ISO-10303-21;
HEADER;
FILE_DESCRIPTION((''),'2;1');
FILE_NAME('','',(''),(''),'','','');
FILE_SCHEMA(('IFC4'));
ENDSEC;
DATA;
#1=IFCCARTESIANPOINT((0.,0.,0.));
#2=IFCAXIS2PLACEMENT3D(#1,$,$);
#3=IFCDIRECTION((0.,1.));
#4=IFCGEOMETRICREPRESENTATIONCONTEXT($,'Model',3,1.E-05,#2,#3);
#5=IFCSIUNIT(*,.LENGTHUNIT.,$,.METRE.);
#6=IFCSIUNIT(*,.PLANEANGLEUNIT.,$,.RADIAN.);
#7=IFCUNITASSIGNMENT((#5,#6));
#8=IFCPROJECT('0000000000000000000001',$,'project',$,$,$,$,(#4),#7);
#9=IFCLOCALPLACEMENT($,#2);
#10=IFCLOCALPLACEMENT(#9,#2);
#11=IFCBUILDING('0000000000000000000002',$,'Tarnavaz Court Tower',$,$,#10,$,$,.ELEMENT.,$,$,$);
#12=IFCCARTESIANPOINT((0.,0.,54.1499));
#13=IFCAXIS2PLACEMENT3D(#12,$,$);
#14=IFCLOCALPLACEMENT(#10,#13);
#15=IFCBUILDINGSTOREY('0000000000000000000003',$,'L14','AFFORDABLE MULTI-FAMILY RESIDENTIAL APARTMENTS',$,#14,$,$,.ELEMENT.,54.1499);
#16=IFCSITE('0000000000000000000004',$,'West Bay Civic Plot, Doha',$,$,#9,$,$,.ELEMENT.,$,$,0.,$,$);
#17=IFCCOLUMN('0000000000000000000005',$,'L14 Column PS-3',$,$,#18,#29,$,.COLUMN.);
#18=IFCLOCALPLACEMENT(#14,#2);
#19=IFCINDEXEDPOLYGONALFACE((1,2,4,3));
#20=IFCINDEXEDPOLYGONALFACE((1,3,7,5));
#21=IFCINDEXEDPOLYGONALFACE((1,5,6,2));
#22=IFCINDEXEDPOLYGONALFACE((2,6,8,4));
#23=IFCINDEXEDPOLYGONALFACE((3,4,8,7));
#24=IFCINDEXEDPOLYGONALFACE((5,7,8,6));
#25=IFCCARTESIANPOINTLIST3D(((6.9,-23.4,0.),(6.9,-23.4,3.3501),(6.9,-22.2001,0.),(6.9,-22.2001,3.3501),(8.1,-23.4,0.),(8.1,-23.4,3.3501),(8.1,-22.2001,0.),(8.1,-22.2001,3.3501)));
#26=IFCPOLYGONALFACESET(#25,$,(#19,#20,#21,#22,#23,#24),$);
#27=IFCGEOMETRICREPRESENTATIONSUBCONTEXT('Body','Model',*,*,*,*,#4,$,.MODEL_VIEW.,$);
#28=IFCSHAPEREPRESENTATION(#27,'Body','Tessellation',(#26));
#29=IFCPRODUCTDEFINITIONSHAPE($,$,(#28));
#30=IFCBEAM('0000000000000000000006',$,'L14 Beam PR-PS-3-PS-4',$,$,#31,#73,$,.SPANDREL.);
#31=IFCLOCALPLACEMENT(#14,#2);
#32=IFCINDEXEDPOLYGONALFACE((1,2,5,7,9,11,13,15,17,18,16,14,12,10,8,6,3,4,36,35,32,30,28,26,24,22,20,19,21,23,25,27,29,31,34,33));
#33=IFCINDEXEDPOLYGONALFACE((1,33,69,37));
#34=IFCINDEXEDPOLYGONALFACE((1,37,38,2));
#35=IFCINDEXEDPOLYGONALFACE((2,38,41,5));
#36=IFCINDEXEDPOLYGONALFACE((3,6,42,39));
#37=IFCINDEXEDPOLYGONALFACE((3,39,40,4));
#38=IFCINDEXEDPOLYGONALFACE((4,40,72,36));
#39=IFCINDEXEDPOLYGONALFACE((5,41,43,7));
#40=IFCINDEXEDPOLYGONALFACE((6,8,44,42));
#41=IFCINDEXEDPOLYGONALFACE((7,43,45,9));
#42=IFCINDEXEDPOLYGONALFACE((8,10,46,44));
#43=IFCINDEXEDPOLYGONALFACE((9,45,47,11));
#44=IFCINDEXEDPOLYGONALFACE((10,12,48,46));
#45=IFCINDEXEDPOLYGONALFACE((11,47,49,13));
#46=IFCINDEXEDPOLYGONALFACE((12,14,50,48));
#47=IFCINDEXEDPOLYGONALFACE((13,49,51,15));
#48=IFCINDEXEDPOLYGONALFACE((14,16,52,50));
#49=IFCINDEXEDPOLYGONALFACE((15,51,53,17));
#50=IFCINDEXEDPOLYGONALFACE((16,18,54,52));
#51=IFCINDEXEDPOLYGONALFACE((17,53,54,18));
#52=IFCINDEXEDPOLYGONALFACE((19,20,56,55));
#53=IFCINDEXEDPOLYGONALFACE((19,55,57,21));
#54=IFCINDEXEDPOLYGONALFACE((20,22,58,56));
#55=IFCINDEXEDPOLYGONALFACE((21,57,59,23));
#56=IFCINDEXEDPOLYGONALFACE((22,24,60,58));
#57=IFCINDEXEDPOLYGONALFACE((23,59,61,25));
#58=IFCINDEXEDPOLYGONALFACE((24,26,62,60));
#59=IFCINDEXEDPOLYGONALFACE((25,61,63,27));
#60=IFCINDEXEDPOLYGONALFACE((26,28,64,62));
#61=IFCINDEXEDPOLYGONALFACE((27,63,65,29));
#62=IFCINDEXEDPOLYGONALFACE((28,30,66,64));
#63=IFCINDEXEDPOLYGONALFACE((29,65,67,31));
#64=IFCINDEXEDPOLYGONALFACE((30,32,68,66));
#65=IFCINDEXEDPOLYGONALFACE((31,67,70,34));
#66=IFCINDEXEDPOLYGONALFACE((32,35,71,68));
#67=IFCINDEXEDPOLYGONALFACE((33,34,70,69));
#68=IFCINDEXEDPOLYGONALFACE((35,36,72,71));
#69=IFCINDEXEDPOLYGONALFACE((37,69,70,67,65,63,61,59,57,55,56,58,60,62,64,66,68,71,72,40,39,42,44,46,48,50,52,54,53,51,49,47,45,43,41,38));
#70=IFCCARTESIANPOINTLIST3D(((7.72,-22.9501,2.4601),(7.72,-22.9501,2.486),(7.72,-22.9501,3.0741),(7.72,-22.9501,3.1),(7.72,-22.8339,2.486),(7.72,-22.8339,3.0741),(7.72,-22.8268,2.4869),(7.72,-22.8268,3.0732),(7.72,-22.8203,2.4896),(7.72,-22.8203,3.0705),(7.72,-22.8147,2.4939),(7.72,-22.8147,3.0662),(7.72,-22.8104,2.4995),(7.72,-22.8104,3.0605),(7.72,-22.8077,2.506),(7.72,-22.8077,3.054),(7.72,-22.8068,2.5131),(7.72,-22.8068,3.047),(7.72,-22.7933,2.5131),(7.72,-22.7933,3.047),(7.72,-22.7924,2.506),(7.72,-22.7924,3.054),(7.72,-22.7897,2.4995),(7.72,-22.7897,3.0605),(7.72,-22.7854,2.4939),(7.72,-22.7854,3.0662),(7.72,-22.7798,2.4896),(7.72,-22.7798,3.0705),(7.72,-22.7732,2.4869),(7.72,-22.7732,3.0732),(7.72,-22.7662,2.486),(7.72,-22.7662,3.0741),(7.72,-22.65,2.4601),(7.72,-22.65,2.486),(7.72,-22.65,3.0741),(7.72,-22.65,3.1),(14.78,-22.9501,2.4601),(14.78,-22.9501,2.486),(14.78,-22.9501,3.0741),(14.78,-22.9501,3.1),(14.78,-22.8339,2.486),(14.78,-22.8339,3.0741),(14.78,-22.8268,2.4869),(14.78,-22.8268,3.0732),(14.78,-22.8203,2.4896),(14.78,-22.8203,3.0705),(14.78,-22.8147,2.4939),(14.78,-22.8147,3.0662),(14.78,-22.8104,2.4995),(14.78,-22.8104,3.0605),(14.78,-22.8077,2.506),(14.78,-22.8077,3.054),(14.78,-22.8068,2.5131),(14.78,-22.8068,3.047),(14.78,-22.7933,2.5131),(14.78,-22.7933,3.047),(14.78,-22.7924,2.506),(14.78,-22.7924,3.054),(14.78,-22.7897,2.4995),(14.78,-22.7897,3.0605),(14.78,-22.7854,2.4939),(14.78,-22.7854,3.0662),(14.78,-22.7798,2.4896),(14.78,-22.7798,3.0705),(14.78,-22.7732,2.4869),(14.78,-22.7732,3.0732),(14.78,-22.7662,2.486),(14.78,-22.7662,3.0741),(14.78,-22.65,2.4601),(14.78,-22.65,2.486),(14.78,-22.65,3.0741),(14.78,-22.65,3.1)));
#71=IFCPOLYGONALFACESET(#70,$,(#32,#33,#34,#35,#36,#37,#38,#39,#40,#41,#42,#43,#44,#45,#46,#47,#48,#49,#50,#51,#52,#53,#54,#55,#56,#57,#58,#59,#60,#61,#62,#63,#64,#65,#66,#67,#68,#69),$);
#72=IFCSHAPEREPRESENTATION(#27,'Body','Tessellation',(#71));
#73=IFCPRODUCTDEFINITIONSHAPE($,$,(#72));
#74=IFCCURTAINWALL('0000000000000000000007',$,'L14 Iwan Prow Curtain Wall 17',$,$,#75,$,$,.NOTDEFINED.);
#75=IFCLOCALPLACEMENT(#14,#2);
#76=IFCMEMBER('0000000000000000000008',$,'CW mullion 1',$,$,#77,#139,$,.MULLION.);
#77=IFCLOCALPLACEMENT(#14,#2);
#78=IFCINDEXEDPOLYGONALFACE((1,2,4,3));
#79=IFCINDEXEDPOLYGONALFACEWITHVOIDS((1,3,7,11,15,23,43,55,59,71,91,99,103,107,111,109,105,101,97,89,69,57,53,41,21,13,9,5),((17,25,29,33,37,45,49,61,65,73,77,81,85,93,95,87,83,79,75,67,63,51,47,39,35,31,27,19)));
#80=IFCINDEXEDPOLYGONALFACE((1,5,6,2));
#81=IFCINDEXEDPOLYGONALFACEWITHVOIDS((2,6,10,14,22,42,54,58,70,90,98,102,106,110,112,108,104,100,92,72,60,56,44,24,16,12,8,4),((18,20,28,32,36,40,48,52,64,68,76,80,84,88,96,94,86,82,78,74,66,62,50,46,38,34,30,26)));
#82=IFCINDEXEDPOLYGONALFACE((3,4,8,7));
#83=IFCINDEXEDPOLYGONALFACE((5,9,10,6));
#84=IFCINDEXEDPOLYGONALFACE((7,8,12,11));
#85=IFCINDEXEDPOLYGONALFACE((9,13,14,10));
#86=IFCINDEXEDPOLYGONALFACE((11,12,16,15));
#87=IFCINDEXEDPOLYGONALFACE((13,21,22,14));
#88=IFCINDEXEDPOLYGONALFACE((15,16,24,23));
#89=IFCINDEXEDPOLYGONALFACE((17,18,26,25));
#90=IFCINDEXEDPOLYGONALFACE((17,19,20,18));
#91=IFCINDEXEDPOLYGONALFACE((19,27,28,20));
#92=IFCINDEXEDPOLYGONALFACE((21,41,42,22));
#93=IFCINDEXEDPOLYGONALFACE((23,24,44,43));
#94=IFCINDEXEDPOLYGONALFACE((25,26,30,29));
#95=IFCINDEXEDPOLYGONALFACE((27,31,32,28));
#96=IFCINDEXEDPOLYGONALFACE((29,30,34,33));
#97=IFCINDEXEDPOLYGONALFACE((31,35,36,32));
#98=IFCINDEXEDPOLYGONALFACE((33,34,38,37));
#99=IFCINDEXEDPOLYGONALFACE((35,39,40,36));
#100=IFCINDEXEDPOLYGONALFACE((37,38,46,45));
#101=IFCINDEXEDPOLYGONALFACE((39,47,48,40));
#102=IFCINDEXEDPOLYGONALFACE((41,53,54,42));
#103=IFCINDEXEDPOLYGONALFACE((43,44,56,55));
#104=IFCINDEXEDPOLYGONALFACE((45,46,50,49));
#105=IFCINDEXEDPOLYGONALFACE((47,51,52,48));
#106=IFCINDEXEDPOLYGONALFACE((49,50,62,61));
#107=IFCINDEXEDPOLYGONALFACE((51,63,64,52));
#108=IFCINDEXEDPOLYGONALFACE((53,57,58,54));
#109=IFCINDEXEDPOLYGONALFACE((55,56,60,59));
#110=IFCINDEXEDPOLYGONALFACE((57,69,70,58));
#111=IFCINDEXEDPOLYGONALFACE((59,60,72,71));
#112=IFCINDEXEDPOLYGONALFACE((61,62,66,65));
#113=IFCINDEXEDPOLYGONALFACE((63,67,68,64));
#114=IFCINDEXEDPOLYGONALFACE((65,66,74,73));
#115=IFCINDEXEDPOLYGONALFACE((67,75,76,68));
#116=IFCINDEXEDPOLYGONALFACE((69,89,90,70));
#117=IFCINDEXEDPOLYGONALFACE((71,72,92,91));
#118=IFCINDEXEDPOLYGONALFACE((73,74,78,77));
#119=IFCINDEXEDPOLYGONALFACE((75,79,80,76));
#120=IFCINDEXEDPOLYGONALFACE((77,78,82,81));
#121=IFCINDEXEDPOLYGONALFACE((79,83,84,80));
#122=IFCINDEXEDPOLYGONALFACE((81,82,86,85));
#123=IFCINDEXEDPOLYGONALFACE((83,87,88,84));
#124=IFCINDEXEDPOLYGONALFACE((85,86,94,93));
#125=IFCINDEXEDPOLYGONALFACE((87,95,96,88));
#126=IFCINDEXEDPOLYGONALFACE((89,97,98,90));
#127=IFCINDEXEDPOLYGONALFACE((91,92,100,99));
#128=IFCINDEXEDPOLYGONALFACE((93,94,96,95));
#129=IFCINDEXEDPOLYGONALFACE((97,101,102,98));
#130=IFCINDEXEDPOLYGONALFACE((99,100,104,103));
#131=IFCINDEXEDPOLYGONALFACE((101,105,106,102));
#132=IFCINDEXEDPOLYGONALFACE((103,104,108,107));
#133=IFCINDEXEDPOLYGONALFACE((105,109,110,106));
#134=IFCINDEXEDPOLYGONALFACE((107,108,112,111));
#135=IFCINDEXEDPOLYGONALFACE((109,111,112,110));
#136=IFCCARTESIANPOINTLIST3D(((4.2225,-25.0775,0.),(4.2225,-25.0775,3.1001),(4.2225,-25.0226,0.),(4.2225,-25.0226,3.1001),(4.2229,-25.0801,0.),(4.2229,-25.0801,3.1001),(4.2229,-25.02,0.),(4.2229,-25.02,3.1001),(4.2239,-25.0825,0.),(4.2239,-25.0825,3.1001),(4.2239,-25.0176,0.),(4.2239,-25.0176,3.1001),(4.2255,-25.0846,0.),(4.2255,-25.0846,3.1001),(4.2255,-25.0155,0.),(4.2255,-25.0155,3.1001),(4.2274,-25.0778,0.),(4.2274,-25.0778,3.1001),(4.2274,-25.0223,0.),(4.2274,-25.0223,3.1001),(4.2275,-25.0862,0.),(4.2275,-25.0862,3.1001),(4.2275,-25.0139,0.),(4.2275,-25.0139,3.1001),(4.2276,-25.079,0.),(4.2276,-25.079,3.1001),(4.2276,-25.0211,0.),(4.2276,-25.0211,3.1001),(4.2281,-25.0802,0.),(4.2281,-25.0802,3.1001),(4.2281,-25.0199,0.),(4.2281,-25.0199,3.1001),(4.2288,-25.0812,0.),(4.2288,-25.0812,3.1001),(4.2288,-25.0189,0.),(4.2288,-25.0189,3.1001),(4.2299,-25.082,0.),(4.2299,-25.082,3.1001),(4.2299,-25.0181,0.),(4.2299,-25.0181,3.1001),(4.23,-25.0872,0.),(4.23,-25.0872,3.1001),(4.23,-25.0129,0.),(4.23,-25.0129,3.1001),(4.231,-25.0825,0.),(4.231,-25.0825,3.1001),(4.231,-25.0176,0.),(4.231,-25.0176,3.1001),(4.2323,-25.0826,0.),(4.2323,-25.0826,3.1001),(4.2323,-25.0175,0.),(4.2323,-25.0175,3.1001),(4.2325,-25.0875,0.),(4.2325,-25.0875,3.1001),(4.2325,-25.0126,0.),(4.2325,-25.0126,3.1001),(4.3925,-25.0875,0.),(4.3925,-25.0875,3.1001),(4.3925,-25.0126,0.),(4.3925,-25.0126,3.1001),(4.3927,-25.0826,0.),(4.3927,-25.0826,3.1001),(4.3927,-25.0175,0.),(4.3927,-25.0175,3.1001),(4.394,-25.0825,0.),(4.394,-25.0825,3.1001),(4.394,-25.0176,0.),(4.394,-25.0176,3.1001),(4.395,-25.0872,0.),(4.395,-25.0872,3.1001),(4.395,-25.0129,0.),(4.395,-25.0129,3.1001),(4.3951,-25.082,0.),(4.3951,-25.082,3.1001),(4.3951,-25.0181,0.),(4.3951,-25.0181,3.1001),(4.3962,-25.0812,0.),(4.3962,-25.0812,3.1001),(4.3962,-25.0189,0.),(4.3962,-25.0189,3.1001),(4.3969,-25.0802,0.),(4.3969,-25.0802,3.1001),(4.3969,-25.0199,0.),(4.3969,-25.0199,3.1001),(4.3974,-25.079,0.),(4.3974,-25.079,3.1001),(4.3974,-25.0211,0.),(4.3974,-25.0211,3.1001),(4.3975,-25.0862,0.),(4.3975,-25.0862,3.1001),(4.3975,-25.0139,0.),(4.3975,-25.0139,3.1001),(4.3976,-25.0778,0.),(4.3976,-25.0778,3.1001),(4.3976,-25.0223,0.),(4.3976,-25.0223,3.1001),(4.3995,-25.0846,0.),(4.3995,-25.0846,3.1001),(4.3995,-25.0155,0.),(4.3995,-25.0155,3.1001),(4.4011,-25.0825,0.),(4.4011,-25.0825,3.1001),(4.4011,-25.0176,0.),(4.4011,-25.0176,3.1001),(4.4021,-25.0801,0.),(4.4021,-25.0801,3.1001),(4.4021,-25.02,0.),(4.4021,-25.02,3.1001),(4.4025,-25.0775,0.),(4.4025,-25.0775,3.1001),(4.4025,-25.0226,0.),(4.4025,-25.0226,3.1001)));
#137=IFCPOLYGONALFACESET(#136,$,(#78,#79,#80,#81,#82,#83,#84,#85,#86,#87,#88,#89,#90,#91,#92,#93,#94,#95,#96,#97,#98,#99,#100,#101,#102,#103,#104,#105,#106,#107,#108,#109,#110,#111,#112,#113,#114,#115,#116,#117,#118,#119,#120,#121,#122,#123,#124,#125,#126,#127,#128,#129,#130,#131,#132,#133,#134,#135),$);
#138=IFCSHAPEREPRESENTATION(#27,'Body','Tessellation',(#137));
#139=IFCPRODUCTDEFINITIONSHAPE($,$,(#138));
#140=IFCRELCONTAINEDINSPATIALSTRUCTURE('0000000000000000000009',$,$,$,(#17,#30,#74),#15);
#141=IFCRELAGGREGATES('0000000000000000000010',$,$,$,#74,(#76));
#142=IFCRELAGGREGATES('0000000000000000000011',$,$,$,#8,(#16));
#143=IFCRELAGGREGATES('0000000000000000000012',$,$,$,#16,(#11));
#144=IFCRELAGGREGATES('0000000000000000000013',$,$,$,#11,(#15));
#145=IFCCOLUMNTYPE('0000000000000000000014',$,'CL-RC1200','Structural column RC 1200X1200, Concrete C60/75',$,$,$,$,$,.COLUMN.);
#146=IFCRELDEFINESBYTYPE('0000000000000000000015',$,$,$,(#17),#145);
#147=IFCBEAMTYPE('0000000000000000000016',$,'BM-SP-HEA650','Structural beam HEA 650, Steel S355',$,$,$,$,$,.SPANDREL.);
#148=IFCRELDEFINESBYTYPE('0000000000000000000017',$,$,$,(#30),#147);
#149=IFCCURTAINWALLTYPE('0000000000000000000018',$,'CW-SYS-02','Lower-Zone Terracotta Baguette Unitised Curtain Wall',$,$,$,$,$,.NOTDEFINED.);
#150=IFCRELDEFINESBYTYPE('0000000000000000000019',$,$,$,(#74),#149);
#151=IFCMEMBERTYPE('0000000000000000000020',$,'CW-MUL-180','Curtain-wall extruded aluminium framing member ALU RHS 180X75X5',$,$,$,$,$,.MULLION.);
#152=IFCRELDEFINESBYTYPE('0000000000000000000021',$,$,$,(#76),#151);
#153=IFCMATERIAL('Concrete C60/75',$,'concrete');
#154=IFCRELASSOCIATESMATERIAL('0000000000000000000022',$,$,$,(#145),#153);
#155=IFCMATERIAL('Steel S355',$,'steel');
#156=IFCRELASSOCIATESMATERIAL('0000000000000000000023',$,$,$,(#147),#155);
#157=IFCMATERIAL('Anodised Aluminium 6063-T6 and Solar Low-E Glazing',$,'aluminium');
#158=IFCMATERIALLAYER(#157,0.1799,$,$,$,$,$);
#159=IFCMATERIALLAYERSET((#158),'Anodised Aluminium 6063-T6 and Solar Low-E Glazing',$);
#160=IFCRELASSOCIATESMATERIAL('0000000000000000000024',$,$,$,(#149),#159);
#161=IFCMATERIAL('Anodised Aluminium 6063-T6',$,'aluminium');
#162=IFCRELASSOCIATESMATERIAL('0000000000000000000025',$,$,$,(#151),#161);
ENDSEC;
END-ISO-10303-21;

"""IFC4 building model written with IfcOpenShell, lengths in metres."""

from ifc_helpers import new_model, si_unit, direction, frame, origin, origin_2d, place, context, subcontext, project, spatial, rectangle, hollow_rectangle, i_section, extrude, material, layer, layer_set, material_profile, profile_set, type_object, element, aggregate, save


model = new_model("IFC4")

# Units and contexts
model_context = context("Model", 3, precision=1e-05, world=origin(), true_north=direction((0.0, 1.0)))
body_context = subcontext(model_context, "Body", "Model", "MODEL_VIEW")
ifc_project = project(units=[si_unit("LENGTHUNIT", "METRE"), si_unit("PLANEANGLEUNIT", "RADIAN")], contexts=[model_context])

# Site, building, storey
site_placement = place(None, origin())
site = spatial("IfcSite", under=ifc_project, at=site_placement, Name="West Bay Civic Plot, Doha", CompositionType="ELEMENT", RefElevation=0.0)
building_placement = place(site_placement, origin())
building = spatial("IfcBuilding", under=site, at=building_placement, Name="Tarnavaz Court Tower", CompositionType="ELEMENT")
storey_placement = place(building_placement, frame((0.0, 0.0, 54.1499)))
storey = spatial("IfcBuildingStorey", under=building, at=storey_placement, Name="L14", Description="AFFORDABLE MULTI-FAMILY RESIDENTIAL APARTMENTS", CompositionType="ELEMENT", Elevation=54.1499)

# Column
ifc_material_1 = material(Name="Concrete C60/75", Category="concrete")
ifc_material_profile_1 = material_profile(ifc_material_1, rectangle(XDim=1.2, YDim=1.2, at=origin_2d()), Name="RC 1200X1200")
ifc_profile_set_1 = profile_set([ifc_material_profile_1], Name="Concrete C60/75")
column_type = type_object("IfcColumnType", Name="CL-RC1200", Description="Structural column RC 1200X1200, Concrete C60/75", PredefinedType="COLUMN", material=ifc_profile_set_1)
column_placement = place(storey_placement, frame((7.5, -22.8, 0.0), z_axis=(0.0, 0.0, 1.0), x_axis=(1.0, 0.0, 0.0)))
element("IfcColumn", 1, at=column_placement, inside=storey, type_object=column_type, Name="L14 Column PS-3", PredefinedType="COLUMN", context=body_context, shape_type="SweptSolid", body=[
    extrude(rectangle(XDim=1.2, YDim=1.2, at=origin_2d()), origin(), (0.0, 0.0, 1.0), 3.3501),
])

# Beam
ifc_material_2 = material(Name="Steel S355", Category="steel")
ifc_material_profile_2 = material_profile(ifc_material_2, i_section(OverallWidth=0.3, OverallDepth=0.6399, WebThickness=0.0134, FlangeThickness=0.0259, FilletRadius=0.0271, at=origin_2d()), Name="HEA 650")
ifc_profile_set_2 = profile_set([ifc_material_profile_2], Name="Steel S355")
beam_type = type_object("IfcBeamType", Name="BM-SP-HEA650", Description="Structural beam HEA 650, Steel S355", PredefinedType="SPANDREL", material=ifc_profile_set_2)
beam_placement = place(storey_placement, frame((7.72, -22.8, 2.78), z_axis=(1.0, 0.0, 0.0), x_axis=(0.0, 1.0, 0.0)))
element("IfcBeam", 2, at=beam_placement, inside=storey, type_object=beam_type, Name="L14 Beam PR-PS-3-PS-4", PredefinedType="SPANDREL", context=body_context, shape_type="SweptSolid", body=[
    extrude(i_section(OverallWidth=0.3, OverallDepth=0.6399, WebThickness=0.0134, FlangeThickness=0.0259, FilletRadius=0.0271, at=origin_2d()), origin(), (0.0, 0.0, 1.0), 7.0601),
])

# Curtain wall, member
ifc_material_3 = material(Name="Anodised Aluminium 6063-T6 and Solar Low-E Glazing", Category="aluminium")
ifc_layer_1 = layer(ifc_material_3, 0.1799)
ifc_layer_set_1 = layer_set([ifc_layer_1], Name="Anodised Aluminium 6063-T6 and Solar Low-E Glazing")
curtain_wall_type = type_object("IfcCurtainWallType", Name="CW-SYS-02", Description="Lower-Zone Terracotta Baguette Unitised Curtain Wall", PredefinedType="NOTDEFINED", material=ifc_layer_set_1)
curtain_wall_placement = place(storey_placement, origin())
curtain_wall = element("IfcCurtainWall", 3, at=curtain_wall_placement, inside=storey, type_object=curtain_wall_type, Name="L14 Iwan Prow Curtain Wall 17", PredefinedType="NOTDEFINED")
ifc_material_4 = material(Name="Anodised Aluminium 6063-T6", Category="aluminium")
ifc_material_profile_3 = material_profile(ifc_material_4, hollow_rectangle(XDim=0.075, YDim=0.1799, WallThickness=0.0049, InnerFilletRadius=0.0049, OuterFilletRadius=0.01, at=origin_2d()), Name="ALU RHS 180X75X5")
ifc_profile_set_3 = profile_set([ifc_material_profile_3], Name="Anodised Aluminium 6063-T6")
member_type_1 = type_object("IfcMemberType", Name="CW-MUL-180", Description="Curtain-wall extruded aluminium framing member ALU RHS 180X75X5", PredefinedType="MULLION", material=ifc_profile_set_3)
member_1_placement = place(storey_placement, frame((4.3125, -25.05, 0.0), z_axis=(0.0, 0.0, 1.0), x_axis=(0.0, -1.0, 0.0)))
member_1 = element("IfcMember", 4, at=member_1_placement, type_object=member_type_1, Name="CW mullion 1", PredefinedType="MULLION", context=body_context, shape_type="SweptSolid", body=[
    extrude(hollow_rectangle(XDim=0.075, YDim=0.1799, WallThickness=0.0049, InnerFilletRadius=0.0049, OuterFilletRadius=0.01, at=origin_2d()), origin(), (0.0, 0.0, 1.0), 3.1001),
])
aggregate(curtain_wall, [member_1])

save(model, "model.ifc")
